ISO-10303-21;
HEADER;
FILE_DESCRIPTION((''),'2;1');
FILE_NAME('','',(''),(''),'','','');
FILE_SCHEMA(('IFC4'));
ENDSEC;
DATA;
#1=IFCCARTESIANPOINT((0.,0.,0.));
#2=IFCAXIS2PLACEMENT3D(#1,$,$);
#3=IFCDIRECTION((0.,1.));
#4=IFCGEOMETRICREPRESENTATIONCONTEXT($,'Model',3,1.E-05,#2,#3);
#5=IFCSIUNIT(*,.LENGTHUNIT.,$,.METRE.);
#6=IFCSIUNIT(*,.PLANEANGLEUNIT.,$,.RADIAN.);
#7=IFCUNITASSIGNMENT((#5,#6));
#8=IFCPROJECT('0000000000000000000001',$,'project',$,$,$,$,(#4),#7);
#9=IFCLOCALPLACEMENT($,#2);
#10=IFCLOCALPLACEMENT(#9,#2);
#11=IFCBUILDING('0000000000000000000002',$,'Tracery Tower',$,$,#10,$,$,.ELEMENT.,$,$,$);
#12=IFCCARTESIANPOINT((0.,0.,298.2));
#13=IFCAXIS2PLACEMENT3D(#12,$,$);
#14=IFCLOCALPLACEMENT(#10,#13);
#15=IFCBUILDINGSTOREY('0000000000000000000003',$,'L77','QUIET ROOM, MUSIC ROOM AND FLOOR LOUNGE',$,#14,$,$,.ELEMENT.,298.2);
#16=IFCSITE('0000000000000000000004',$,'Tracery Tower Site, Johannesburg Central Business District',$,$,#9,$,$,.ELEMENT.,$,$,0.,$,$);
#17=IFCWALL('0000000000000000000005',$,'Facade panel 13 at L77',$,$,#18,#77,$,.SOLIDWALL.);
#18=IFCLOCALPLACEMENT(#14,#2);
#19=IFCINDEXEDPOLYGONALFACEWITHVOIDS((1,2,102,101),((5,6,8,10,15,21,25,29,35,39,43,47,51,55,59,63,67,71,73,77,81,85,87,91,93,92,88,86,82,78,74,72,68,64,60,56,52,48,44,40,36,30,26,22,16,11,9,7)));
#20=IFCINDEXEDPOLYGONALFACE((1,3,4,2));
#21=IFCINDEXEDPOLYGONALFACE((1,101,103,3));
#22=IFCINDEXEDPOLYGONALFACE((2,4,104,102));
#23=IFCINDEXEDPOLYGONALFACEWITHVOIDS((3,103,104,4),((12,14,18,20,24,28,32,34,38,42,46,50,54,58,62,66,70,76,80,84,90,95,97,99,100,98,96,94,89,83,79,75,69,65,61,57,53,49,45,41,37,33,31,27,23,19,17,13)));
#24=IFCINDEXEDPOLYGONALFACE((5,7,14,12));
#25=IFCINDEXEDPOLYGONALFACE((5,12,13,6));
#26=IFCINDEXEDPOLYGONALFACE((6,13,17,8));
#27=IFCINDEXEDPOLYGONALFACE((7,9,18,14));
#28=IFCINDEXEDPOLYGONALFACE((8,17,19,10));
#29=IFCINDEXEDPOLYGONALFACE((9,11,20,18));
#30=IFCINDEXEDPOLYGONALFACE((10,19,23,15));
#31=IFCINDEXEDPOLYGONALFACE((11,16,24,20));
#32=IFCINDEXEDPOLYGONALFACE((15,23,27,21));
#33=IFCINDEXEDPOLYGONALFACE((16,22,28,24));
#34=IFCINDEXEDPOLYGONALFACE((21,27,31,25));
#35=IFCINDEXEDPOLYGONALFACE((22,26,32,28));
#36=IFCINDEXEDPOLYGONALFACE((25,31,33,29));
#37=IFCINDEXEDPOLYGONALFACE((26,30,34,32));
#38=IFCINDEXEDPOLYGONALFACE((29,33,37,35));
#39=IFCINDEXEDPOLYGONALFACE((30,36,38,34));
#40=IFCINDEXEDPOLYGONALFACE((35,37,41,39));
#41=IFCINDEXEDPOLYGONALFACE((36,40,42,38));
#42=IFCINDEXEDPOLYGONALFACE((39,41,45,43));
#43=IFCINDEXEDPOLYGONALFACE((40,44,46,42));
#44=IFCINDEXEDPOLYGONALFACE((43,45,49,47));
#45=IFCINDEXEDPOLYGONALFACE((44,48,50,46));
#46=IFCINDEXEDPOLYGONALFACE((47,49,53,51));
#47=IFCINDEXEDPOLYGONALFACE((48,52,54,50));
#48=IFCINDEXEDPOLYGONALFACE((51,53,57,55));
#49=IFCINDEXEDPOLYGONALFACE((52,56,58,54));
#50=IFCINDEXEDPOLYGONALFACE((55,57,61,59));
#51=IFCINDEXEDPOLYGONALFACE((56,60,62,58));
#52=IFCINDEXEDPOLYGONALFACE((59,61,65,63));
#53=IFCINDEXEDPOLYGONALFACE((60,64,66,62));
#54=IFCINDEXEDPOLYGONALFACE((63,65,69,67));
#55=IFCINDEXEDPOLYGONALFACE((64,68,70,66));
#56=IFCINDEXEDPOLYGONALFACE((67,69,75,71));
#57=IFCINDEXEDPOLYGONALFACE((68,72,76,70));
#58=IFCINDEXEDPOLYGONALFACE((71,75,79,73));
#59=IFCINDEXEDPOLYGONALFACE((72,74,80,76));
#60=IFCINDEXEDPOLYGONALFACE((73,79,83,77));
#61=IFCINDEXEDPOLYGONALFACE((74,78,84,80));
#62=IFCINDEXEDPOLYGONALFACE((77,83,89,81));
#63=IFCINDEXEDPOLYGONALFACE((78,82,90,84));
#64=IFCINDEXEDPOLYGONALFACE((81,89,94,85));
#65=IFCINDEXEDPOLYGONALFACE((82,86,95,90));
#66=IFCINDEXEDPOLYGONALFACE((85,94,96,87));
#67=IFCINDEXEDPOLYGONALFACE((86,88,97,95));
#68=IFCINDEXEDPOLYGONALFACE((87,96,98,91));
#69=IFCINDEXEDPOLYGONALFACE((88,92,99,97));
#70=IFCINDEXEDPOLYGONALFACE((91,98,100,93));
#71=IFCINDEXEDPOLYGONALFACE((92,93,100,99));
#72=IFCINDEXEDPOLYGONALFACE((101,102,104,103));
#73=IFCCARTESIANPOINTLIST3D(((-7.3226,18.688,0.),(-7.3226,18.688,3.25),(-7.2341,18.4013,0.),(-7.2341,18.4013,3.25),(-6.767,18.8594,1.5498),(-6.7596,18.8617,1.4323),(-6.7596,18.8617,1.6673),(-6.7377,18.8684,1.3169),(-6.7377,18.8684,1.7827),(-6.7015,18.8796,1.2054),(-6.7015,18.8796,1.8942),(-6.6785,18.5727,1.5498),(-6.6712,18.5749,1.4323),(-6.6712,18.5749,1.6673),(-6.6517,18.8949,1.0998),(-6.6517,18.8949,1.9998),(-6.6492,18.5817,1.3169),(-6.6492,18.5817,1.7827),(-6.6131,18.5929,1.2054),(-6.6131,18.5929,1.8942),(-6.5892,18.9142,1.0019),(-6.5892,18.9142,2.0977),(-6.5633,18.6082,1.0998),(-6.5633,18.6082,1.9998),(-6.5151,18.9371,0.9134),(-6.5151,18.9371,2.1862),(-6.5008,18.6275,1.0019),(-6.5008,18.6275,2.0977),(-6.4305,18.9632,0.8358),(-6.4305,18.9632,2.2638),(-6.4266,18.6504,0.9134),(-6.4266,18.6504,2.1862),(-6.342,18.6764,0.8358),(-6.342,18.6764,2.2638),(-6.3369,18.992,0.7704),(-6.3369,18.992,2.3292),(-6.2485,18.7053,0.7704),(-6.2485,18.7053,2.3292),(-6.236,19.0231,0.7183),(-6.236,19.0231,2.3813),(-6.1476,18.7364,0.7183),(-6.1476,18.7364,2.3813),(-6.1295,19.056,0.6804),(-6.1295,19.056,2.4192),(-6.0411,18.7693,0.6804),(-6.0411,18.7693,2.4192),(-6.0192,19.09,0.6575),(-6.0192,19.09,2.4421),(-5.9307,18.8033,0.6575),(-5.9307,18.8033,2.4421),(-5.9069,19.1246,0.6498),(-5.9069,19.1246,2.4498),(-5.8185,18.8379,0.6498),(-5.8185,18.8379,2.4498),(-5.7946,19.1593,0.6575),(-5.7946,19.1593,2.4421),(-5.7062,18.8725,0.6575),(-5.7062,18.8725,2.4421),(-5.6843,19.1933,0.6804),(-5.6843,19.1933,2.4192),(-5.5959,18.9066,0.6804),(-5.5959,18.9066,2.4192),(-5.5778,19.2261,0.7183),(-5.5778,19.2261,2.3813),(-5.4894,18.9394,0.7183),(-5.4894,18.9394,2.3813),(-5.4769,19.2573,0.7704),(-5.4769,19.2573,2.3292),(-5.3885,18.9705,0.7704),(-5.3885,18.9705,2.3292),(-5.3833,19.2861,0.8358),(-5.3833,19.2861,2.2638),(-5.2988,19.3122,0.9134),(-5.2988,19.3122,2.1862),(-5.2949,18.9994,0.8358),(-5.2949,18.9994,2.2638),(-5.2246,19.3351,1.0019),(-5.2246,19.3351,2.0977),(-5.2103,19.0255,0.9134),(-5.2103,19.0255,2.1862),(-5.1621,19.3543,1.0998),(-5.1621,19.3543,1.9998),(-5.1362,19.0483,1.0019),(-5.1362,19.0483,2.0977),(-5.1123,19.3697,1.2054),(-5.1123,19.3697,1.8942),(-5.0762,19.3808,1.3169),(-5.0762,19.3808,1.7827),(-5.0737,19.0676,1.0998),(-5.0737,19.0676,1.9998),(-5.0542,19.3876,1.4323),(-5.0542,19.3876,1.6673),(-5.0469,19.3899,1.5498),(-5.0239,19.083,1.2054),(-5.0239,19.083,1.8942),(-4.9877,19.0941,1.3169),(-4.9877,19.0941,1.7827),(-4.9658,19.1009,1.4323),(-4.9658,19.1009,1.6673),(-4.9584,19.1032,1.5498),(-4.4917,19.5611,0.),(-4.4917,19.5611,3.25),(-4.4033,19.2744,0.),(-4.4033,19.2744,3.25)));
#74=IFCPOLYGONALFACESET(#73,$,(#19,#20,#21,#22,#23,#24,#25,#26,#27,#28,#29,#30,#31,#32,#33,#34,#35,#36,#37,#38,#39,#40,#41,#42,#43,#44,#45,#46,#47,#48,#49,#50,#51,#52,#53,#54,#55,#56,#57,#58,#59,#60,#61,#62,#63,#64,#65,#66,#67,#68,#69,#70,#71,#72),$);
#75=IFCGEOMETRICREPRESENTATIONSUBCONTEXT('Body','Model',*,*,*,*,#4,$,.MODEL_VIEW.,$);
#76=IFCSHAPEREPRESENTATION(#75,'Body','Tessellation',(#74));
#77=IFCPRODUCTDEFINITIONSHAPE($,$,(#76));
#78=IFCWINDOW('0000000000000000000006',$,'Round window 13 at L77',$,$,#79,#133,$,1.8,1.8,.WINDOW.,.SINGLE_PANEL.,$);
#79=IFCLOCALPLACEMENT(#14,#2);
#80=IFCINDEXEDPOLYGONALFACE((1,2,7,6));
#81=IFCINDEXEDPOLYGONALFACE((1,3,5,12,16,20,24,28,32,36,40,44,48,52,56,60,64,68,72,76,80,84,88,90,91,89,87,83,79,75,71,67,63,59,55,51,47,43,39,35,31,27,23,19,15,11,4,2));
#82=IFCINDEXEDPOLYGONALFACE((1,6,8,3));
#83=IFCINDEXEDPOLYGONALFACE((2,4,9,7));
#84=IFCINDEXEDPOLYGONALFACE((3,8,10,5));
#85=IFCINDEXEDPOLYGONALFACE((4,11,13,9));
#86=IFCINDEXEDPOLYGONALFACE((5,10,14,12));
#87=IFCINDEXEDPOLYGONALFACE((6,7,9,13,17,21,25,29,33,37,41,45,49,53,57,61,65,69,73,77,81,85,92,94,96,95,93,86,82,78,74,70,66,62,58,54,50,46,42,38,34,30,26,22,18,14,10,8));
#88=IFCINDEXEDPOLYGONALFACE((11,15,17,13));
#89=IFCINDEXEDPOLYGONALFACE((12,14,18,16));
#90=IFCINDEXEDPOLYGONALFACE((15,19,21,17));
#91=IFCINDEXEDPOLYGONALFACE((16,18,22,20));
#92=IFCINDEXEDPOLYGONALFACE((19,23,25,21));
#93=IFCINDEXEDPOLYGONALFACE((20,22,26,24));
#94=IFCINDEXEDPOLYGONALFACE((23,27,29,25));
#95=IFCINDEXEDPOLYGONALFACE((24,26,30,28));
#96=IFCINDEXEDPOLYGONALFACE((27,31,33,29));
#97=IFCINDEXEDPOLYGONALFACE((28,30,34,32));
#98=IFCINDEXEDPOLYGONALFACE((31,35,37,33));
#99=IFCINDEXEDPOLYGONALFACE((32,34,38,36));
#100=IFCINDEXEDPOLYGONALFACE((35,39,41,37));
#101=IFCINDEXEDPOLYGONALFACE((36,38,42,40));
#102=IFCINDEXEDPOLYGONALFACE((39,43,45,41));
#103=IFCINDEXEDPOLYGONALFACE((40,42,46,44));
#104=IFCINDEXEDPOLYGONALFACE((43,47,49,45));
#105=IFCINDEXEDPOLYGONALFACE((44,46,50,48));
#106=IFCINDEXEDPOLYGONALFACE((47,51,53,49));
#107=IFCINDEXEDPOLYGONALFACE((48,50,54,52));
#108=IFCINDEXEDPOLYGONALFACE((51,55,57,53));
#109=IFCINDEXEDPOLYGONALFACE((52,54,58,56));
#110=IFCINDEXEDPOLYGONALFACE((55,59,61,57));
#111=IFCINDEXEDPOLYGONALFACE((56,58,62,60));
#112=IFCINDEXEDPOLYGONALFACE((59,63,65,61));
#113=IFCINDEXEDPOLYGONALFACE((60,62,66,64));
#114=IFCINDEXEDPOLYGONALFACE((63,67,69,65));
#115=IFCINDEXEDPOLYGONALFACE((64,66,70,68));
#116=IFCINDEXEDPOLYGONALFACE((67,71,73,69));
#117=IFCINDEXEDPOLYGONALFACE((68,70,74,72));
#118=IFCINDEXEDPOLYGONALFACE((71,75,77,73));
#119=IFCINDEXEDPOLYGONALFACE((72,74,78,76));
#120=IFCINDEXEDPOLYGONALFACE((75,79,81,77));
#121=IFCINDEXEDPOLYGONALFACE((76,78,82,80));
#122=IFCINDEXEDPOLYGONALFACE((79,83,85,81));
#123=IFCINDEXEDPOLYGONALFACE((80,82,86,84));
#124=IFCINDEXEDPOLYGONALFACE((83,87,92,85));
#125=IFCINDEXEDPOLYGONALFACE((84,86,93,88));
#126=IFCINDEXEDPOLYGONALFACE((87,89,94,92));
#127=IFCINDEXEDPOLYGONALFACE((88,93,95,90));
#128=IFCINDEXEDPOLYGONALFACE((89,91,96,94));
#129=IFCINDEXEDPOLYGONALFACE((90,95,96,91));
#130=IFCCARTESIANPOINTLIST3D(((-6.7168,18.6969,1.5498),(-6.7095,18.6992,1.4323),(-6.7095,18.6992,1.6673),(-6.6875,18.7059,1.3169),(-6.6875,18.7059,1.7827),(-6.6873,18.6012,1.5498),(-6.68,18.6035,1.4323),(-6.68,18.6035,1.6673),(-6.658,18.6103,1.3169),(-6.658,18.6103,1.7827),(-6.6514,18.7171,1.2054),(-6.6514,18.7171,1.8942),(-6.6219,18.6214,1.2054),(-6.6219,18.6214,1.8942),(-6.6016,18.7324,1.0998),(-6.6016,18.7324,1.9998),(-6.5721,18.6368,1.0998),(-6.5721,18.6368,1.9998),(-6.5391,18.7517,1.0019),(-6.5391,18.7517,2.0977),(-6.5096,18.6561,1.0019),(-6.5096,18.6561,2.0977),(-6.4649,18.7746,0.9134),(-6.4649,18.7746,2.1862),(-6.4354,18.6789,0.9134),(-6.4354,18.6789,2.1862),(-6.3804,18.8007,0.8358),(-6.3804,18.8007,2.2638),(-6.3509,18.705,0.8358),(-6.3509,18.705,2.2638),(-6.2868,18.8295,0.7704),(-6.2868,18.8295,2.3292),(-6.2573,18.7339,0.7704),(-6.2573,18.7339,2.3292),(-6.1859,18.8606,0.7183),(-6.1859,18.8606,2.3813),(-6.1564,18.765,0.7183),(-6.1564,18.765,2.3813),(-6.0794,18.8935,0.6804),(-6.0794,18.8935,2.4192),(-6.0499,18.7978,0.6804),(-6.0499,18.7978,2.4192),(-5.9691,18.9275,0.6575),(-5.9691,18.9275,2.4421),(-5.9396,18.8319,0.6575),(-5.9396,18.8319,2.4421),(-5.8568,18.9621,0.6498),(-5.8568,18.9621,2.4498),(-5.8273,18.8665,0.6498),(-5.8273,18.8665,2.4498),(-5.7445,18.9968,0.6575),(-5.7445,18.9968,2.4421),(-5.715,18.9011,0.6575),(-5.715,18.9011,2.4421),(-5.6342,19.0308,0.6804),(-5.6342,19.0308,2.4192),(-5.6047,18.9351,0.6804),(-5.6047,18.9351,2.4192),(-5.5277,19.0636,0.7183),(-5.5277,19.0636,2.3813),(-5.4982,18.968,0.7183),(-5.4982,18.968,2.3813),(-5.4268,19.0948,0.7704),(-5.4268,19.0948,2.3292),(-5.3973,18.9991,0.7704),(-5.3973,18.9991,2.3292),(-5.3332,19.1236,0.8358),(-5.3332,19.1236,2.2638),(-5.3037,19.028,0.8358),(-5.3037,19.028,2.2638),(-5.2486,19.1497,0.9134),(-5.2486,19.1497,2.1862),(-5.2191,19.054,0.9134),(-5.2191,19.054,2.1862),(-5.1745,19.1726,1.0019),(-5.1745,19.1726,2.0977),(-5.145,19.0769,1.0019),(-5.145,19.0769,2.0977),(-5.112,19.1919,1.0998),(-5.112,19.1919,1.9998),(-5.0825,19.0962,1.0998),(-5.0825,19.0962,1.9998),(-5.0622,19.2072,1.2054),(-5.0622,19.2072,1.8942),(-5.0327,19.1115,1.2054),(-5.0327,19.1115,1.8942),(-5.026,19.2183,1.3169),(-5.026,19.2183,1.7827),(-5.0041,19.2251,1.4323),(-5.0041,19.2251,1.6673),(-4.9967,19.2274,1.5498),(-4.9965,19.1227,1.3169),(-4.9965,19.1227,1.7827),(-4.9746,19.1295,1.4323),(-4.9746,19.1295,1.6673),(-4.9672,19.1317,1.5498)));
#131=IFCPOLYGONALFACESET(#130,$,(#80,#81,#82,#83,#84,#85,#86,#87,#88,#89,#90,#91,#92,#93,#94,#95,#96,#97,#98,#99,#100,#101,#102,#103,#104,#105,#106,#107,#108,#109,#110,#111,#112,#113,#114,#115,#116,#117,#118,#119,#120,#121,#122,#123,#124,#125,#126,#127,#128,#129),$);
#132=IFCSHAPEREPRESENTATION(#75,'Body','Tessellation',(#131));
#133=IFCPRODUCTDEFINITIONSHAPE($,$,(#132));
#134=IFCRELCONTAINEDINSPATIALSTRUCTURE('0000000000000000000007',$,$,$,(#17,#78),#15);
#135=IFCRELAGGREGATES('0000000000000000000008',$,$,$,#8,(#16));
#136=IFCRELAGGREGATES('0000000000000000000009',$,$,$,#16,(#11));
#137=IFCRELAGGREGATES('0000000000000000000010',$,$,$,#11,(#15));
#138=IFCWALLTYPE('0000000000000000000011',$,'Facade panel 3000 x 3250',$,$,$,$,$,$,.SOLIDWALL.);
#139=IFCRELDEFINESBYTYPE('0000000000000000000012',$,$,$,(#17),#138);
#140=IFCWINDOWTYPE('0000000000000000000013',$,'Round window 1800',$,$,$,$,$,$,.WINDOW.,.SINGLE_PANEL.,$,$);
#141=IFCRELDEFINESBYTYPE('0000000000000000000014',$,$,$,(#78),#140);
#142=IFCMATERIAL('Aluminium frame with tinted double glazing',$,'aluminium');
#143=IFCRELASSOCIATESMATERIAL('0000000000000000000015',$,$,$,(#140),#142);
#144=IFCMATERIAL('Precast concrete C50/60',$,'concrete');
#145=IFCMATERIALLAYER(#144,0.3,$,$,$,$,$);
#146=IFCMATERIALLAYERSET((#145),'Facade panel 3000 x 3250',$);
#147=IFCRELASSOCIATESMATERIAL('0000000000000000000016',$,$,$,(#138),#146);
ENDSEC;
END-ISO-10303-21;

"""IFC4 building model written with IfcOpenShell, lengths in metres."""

from ifc_helpers import new_model, si_unit, direction, frame, frame_2d, origin, origin_2d, place, context, subcontext, project, spatial, rectangle, circle, extrude, material, layer, layer_set, type_object, element, fill, save


model = new_model("IFC4")

# Units and contexts
model_context = context("Model", 3, precision=1e-05, world=origin(), true_north=direction((0.0, 1.0)))
body_context = subcontext(model_context, "Body", "Model", "MODEL_VIEW")
ifc_project = project(units=[si_unit("LENGTHUNIT", "METRE"), si_unit("PLANEANGLEUNIT", "RADIAN")], contexts=[model_context])

# Site, building, storey
site_placement = place(None, origin())
site = spatial("IfcSite", under=ifc_project, at=site_placement, Name="Tracery Tower Site, Johannesburg Central Business District", CompositionType="ELEMENT", RefElevation=0.0)
building_placement = place(site_placement, origin())
building = spatial("IfcBuilding", under=site, at=building_placement, Name="Tracery Tower", CompositionType="ELEMENT")
storey_placement = place(building_placement, frame((0.0, 0.0, 298.2)))
storey = spatial("IfcBuildingStorey", under=building, at=storey_placement, Name="L77", Description="QUIET ROOM, MUSIC ROOM AND FLOOR LOUNGE", CompositionType="ELEMENT", Elevation=298.2)

# Wall, opening, window
ifc_material_1 = material(Name="Aluminium frame with tinted double glazing", Category="aluminium")
window_type = type_object("IfcWindowType", Name="Round window 1800", PartitioningType="SINGLE_PANEL", PredefinedType="WINDOW", material=ifc_material_1)
ifc_material_2 = material(Name="Precast concrete C50/60", Category="concrete")
ifc_layer_1 = layer(ifc_material_2, 0.3)
ifc_layer_set_1 = layer_set([ifc_layer_1], Name="Facade panel 3000 x 3250")
wall_type_1 = type_object("IfcWallType", Name="Facade panel 3000 x 3250", PredefinedType="SOLIDWALL", material=ifc_layer_set_1)
wall_1_placement = place(storey_placement, frame((-4.4475, 19.4177, 0.0), z_axis=(0.0, 0.0, 1.0), x_axis=(-0.955586, -0.294711, 0.0)))
wall_1 = element("IfcWall", 1, at=wall_1_placement, inside=storey, type_object=wall_type_1, Name="Facade panel 13 at L77", PredefinedType="SOLIDWALL", context=body_context, shape_type="SweptSolid", body=[
    extrude(rectangle(XDim=2.9624, YDim=0.3, at=frame_2d((1.4812, 0.0))), origin(), (0.0, 0.0, 1.0), 3.25),
])
opening_1_placement = place(wall_1_placement, frame((1.481, 0.0, 1.5498)))
opening_1 = element("IfcOpeningElement", 2, at=opening_1_placement, cuts=wall_1, PredefinedType="OPENING", context=body_context, shape_type="SweptSolid", body=[
    extrude(circle(Radius=0.9, at=origin_2d()), frame((0.0, 0.1599, 0.0), z_axis=(0.0, -1.0, 0.0), x_axis=(1.0, 0.0, 0.0)), (0.0, 0.0, 1.0), 0.3201),
])
window_1_placement = place(opening_1_placement, origin())
window_1 = element("IfcWindow", 3, at=window_1_placement, inside=storey, type_object=window_type, Name="Round window 13 at L77", OverallHeight=1.8, OverallWidth=1.8, PartitioningType="SINGLE_PANEL", PredefinedType="WINDOW", context=body_context, shape_type="SweptSolid", body=[
    extrude(circle(Radius=0.9, at=origin_2d()), frame((0.0, 0.1201, 0.0), z_axis=(0.0, -1.0, 0.0), x_axis=(1.0, 0.0, 0.0)), (0.0, 0.0, 1.0), 0.1001),
])
fill(opening_1, window_1)

save(model, "model.ifc")
